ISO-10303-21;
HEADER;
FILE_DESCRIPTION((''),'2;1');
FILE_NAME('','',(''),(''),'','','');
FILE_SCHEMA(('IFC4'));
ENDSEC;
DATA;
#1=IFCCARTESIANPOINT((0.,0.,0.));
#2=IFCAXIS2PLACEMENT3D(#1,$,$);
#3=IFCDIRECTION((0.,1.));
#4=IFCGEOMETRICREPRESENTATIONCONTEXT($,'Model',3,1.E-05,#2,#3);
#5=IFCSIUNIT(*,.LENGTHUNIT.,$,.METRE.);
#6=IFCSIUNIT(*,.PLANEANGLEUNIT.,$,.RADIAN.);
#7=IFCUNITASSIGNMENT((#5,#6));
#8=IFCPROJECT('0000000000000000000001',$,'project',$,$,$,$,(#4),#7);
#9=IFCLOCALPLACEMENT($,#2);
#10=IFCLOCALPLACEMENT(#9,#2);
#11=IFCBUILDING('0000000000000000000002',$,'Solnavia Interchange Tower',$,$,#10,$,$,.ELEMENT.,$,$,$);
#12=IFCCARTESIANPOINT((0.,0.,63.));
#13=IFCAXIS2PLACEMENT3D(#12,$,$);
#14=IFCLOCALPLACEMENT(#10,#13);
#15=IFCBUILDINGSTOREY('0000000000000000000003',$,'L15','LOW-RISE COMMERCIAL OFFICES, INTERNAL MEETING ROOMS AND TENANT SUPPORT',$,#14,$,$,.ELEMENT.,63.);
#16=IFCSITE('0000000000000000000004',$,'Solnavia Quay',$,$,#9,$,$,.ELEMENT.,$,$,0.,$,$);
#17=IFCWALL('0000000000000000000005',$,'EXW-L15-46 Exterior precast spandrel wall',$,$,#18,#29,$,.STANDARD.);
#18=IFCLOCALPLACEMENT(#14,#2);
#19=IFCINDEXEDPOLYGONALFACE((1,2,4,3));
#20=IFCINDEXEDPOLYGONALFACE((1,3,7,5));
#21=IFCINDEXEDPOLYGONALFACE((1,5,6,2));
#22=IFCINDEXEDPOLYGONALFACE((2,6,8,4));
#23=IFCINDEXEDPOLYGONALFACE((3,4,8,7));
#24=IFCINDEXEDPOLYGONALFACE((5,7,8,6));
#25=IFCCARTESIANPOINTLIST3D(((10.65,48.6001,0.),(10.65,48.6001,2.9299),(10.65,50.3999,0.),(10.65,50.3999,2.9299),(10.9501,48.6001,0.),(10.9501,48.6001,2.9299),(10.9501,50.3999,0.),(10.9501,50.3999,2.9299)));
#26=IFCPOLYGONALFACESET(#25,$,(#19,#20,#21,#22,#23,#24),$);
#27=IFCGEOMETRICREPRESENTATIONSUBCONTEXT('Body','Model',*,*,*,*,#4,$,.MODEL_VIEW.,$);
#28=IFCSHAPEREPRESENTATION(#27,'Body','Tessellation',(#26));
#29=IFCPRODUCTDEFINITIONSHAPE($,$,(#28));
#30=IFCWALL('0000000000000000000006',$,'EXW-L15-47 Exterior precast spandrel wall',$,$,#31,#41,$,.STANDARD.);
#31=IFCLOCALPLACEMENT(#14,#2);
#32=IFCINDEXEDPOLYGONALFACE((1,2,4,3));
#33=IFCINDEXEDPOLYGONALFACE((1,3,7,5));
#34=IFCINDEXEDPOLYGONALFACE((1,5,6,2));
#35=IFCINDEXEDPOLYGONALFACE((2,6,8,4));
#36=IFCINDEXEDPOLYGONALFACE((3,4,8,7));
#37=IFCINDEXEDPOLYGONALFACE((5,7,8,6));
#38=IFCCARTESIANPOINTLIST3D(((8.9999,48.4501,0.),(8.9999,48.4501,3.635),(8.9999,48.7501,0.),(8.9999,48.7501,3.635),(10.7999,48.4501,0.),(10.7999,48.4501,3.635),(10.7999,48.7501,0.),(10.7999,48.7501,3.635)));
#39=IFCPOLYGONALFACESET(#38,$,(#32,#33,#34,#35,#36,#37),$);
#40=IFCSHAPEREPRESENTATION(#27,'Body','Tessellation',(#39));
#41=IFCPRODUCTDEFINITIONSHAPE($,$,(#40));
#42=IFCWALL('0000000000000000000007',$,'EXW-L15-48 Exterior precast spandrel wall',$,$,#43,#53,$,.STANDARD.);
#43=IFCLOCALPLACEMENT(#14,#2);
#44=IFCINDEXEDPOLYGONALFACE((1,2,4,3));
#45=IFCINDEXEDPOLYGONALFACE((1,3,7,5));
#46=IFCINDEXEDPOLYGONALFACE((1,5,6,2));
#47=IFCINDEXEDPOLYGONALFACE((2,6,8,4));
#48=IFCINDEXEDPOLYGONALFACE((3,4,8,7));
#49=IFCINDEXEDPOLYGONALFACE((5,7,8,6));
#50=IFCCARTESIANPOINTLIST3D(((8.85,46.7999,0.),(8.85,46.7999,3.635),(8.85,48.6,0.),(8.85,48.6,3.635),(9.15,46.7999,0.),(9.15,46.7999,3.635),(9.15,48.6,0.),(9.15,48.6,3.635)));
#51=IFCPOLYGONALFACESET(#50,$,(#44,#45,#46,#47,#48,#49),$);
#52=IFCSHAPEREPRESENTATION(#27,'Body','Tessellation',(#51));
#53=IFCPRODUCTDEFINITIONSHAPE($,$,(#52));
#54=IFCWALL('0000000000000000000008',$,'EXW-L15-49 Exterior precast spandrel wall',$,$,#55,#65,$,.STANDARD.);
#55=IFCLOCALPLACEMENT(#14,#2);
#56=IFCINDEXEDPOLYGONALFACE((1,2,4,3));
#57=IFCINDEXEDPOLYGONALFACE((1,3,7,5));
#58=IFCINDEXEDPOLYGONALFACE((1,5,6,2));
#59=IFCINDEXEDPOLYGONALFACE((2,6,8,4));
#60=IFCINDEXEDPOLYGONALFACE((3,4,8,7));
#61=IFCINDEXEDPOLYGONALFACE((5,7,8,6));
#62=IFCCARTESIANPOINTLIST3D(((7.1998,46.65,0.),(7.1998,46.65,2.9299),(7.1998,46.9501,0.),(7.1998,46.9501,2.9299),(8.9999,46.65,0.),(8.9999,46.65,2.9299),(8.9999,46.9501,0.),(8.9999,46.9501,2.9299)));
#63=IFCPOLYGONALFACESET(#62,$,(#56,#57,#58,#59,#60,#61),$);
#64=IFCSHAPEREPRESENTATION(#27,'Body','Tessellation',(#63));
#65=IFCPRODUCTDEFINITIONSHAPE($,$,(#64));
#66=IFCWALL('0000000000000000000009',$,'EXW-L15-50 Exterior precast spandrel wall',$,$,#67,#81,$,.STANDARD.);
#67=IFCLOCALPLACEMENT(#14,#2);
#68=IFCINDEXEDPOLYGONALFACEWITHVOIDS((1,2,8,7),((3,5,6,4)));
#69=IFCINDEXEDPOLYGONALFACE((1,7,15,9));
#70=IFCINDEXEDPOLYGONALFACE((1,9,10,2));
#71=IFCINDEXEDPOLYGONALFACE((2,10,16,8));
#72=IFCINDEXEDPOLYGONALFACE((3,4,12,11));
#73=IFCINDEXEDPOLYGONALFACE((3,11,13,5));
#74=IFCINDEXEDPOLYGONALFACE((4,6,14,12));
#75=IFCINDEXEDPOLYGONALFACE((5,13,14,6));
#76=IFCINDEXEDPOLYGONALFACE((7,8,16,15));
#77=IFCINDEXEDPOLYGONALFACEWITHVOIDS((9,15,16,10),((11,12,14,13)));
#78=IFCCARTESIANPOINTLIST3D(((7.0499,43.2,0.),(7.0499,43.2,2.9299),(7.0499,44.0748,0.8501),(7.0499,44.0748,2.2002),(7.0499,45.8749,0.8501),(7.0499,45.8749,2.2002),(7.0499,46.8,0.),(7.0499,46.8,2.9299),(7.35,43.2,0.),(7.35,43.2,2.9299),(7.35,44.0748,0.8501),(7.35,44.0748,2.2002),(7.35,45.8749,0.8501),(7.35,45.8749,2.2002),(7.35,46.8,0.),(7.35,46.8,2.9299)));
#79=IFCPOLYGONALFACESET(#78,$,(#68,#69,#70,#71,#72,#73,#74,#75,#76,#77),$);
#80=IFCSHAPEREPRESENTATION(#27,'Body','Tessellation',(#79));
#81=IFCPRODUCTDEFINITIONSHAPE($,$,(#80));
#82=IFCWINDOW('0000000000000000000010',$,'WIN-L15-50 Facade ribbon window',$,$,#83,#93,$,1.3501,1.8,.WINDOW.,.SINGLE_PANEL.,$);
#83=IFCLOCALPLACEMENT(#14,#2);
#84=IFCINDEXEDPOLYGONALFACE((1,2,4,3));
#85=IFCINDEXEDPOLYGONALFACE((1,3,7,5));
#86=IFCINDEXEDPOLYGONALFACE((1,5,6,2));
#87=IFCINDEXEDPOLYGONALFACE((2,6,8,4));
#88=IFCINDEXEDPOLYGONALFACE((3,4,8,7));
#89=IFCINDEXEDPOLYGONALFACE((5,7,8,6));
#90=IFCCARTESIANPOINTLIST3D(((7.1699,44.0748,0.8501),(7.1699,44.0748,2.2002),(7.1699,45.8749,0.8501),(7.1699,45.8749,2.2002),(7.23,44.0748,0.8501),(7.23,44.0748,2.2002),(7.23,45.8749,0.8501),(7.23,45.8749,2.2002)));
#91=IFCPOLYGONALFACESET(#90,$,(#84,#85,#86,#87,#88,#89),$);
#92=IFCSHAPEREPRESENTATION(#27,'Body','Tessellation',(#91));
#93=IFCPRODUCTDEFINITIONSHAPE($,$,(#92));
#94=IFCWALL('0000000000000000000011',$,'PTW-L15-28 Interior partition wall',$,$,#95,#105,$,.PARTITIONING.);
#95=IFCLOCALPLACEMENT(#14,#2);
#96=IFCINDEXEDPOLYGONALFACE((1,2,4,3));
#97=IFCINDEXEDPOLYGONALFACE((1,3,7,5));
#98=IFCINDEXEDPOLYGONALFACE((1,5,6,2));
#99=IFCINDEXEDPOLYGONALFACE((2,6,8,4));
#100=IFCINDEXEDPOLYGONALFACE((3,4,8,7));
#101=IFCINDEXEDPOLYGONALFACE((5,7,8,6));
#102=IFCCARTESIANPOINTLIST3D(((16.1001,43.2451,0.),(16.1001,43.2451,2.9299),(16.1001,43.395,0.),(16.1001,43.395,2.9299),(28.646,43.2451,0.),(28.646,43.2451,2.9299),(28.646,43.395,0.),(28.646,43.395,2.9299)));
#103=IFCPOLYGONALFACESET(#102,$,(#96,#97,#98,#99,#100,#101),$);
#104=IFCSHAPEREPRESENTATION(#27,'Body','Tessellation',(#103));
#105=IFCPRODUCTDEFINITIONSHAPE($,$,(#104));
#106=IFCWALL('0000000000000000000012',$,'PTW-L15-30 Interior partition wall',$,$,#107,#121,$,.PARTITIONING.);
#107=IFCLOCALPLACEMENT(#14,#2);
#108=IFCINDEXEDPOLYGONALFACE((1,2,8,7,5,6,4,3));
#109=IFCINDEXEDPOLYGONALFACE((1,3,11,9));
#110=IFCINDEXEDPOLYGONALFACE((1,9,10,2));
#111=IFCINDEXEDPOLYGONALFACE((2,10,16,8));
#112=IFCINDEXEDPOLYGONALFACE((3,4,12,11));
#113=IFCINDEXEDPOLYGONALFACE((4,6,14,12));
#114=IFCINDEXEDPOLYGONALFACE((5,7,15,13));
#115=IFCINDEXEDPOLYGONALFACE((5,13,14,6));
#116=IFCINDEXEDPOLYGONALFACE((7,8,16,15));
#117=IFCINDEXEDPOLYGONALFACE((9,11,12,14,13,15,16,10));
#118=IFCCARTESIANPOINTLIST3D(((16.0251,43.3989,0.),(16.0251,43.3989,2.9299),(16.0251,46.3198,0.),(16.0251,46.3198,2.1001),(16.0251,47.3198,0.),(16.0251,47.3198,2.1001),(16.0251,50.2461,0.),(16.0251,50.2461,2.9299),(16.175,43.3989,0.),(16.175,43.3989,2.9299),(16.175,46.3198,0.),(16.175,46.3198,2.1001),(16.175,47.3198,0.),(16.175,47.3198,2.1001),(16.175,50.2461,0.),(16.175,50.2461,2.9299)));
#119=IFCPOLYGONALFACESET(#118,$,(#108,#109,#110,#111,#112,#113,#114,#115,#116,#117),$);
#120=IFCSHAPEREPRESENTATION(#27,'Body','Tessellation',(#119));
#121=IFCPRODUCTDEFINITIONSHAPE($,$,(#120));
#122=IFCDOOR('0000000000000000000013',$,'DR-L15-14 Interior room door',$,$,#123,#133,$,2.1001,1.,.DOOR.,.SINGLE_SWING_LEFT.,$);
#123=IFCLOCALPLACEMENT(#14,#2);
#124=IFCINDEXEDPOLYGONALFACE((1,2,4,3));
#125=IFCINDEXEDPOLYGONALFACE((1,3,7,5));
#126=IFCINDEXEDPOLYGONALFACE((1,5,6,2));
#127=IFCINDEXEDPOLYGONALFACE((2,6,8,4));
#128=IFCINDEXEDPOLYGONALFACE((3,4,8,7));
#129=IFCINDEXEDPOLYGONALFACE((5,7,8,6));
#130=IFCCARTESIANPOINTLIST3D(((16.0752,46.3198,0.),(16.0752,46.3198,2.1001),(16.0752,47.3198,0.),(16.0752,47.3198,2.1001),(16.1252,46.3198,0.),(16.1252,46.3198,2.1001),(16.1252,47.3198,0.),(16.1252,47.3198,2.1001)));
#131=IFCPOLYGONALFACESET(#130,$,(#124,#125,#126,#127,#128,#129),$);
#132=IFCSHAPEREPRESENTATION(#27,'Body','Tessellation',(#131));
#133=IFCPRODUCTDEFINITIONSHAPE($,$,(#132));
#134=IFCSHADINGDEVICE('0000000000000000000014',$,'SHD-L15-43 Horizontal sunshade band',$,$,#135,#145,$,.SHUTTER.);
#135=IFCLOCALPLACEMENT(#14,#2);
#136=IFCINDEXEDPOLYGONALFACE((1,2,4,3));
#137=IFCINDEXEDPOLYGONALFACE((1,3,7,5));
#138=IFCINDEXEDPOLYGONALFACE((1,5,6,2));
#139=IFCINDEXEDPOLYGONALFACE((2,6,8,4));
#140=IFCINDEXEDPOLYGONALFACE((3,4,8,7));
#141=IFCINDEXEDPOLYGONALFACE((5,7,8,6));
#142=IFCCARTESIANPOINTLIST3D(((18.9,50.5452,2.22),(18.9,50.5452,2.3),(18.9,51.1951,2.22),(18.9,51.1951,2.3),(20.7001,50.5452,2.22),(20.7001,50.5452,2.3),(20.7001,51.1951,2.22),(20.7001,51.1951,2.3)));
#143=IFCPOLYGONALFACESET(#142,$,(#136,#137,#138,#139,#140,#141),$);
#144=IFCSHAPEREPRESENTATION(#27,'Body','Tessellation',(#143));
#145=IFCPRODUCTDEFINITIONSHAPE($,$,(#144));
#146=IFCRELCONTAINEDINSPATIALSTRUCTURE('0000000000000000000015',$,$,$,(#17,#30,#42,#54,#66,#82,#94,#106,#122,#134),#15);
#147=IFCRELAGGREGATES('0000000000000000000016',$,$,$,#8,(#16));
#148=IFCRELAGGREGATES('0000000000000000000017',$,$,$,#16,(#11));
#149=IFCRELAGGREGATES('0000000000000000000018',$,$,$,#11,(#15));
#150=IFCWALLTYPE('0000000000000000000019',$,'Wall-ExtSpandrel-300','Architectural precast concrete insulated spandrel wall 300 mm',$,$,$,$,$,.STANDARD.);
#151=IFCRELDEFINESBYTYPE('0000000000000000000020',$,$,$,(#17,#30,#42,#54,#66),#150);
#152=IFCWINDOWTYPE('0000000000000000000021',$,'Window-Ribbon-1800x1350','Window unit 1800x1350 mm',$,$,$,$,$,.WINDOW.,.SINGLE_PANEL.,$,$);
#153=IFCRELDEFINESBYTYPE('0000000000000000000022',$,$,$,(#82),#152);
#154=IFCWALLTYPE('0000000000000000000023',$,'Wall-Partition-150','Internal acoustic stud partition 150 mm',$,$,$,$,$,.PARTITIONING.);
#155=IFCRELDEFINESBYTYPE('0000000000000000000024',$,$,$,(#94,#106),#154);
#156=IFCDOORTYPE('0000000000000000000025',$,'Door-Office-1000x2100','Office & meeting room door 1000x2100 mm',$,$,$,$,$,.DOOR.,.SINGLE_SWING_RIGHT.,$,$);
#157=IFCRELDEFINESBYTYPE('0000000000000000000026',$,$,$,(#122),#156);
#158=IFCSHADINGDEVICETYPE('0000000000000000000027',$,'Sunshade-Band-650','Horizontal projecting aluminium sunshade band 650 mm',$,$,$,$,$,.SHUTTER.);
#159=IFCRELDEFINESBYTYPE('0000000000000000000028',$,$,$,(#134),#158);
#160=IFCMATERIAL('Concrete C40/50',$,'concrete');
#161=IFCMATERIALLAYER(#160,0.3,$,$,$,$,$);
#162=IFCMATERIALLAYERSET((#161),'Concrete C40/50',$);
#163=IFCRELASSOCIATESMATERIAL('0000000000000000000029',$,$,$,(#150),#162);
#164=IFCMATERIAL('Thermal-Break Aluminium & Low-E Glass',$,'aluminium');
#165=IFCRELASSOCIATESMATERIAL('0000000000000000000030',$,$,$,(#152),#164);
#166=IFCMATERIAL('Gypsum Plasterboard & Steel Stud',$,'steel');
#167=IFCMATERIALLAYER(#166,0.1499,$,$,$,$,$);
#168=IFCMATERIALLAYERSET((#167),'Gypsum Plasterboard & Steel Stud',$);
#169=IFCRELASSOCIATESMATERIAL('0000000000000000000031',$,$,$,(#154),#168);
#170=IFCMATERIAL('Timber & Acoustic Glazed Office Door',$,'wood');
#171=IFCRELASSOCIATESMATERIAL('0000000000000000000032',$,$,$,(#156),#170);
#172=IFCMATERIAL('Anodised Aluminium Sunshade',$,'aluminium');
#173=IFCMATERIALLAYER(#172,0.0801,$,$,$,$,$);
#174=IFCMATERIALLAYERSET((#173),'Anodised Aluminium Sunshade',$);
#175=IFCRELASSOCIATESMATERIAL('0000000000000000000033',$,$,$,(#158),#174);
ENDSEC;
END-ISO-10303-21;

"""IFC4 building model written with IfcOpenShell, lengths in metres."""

from ifc_helpers import new_model, si_unit, direction, frame, frame_2d, origin, origin_2d, place, context, subcontext, project, spatial, rectangle, extrude, material, layer, layer_set, type_object, element, fill, save


model = new_model("IFC4")

# Units and contexts
model_context = context("Model", 3, precision=1e-05, world=origin(), true_north=direction((0.0, 1.0)))
body_context = subcontext(model_context, "Body", "Model", "MODEL_VIEW")
ifc_project = project(units=[si_unit("LENGTHUNIT", "METRE"), si_unit("PLANEANGLEUNIT", "RADIAN")], contexts=[model_context])

# Site, building, storey
site_placement = place(None, origin())
site = spatial("IfcSite", under=ifc_project, at=site_placement, Name="Solnavia Quay", CompositionType="ELEMENT", RefElevation=0.0)
building_placement = place(site_placement, origin())
building = spatial("IfcBuilding", under=site, at=building_placement, Name="Solnavia Interchange Tower", CompositionType="ELEMENT")
storey_placement = place(building_placement, frame((0.0, 0.0, 63.0)))
storey = spatial("IfcBuildingStorey", under=building, at=storey_placement, Name="L15", Description="LOW-RISE COMMERCIAL OFFICES, INTERNAL MEETING ROOMS AND TENANT SUPPORT", CompositionType="ELEMENT", Elevation=63.0)

# Shared definitions
ifc_material_1 = material(Name="Concrete C40/50", Category="concrete")
ifc_layer_1 = layer(ifc_material_1, 0.3)
ifc_layer_set_1 = layer_set([ifc_layer_1], Name="Concrete C40/50")
wall_type_1 = type_object("IfcWallType", Name="Wall-ExtSpandrel-300", Description="Architectural precast concrete insulated spandrel wall 300 mm", PredefinedType="STANDARD", material=ifc_layer_set_1)
ifc_material_2 = material(Name="Thermal-Break Aluminium & Low-E Glass", Category="aluminium")
window_type = type_object("IfcWindowType", Name="Window-Ribbon-1800x1350", Description="Window unit 1800x1350 mm", PartitioningType="SINGLE_PANEL", PredefinedType="WINDOW", material=ifc_material_2)

# Walls
wall_1_placement = place(storey_placement, frame((10.8, 48.6001, 0.0), z_axis=(0.0, 0.0, 1.0), x_axis=(0.0, 1.0, 0.0)))
element("IfcWall", 1, at=wall_1_placement, inside=storey, type_object=wall_type_1, Name="EXW-L15-46 Exterior precast spandrel wall", PredefinedType="STANDARD", context=body_context, shape_type="SweptSolid", body=[
    extrude(rectangle(XDim=1.7998, YDim=0.3, at=frame_2d((0.8999, 0.0))), origin(), (0.0, 0.0, 1.0), 2.9299),
])
for number, where, z_axis, x_axis, name in (
    (2, (9.0, 48.6001, 0.0), (0.0, 0.0, 1.0), (1.0, 0.0, 0.0), "EXW-L15-47 Exterior precast spandrel wall"),
    (3, (9.0, 46.8, 0.0), (0.0, 0.0, 1.0), (0.0, 1.0, 0.0), "EXW-L15-48 Exterior precast spandrel wall"),
):
    element("IfcWall", number, at=place(storey_placement, frame(where, z_axis=z_axis, x_axis=x_axis)), inside=storey, type_object=wall_type_1, Name=name, PredefinedType="STANDARD", context=body_context, shape_type="SweptSolid", body=[
        extrude(rectangle(XDim=1.8, YDim=0.3, at=frame_2d((0.8999, 0.0))), origin(), (0.0, 0.0, 1.0), 3.635),
    ])
wall_2_placement = place(storey_placement, frame((7.2, 46.8, 0.0), z_axis=(0.0, 0.0, 1.0), x_axis=(1.0, 0.0, 0.0)))
element("IfcWall", 4, at=wall_2_placement, inside=storey, type_object=wall_type_1, Name="EXW-L15-49 Exterior precast spandrel wall", PredefinedType="STANDARD", context=body_context, shape_type="SweptSolid", body=[
    extrude(rectangle(XDim=1.8, YDim=0.3, at=frame_2d((0.8999, 0.0))), origin(), (0.0, 0.0, 1.0), 2.9299),
])

# Wall, opening, window
wall_3_placement = place(storey_placement, frame((7.2, 43.2, 0.0), z_axis=(0.0, 0.0, 1.0), x_axis=(0.0, 1.0, 0.0)))
wall_3 = element("IfcWall", 5, at=wall_3_placement, inside=storey, type_object=wall_type_1, Name="EXW-L15-50 Exterior precast spandrel wall", PredefinedType="STANDARD", context=body_context, shape_type="SweptSolid", body=[
    extrude(rectangle(XDim=3.6001, YDim=0.3, at=frame_2d((1.8, 0.0))), origin(), (0.0, 0.0, 1.0), 2.9299),
])
opening_1_placement = place(wall_3_placement, frame((0.875, 0.0, 0.8501)))
opening_1 = element("IfcOpeningElement", 6, at=opening_1_placement, cuts=wall_3, PredefinedType="OPENING", context=body_context, shape_type="SweptSolid", body=[
    extrude(rectangle(XDim=1.8, YDim=1.3501, at=frame_2d((0.8999, 0.675))), frame((0.0, 0.1602, 0.0), z_axis=(0.0, -1.0, 0.0), x_axis=(1.0, 0.0, 0.0)), (0.0, 0.0, 1.0), 0.3201),
])
window_1_placement = place(opening_1_placement, origin())
window_1 = element("IfcWindow", 7, at=window_1_placement, inside=storey, type_object=window_type, Name="WIN-L15-50 Facade ribbon window", OverallHeight=1.3501, OverallWidth=1.8, PartitioningType="SINGLE_PANEL", PredefinedType="WINDOW", context=body_context, shape_type="SweptSolid", body=[
    extrude(rectangle(XDim=1.8, YDim=1.3501, at=frame_2d((0.8999, 0.675))), frame((0.0, 0.03, 0.0), z_axis=(0.0, -1.0, 0.0), x_axis=(1.0, 0.0, 0.0)), (0.0, 0.0, 1.0), 0.0601),
])
fill(opening_1, window_1)

# Wall
ifc_material_3 = material(Name="Gypsum Plasterboard & Steel Stud", Category="steel")
ifc_layer_2 = layer(ifc_material_3, 0.1499)
ifc_layer_set_2 = layer_set([ifc_layer_2], Name="Gypsum Plasterboard & Steel Stud")
wall_type_2 = type_object("IfcWallType", Name="Wall-Partition-150", Description="Internal acoustic stud partition 150 mm", PredefinedType="PARTITIONING", material=ifc_layer_set_2)
wall_4_placement = place(storey_placement, frame((16.1001, 43.3201, 0.0), z_axis=(0.0, 0.0, 1.0), x_axis=(1.0, 0.0, 0.0)))
element("IfcWall", 8, at=wall_4_placement, inside=storey, type_object=wall_type_2, Name="PTW-L15-28 Interior partition wall", PredefinedType="PARTITIONING", context=body_context, shape_type="SweptSolid", body=[
    extrude(rectangle(XDim=12.5459, YDim=0.1499, at=frame_2d((6.2729, 0.0))), origin(), (0.0, 0.0, 1.0), 2.9299),
])

# Wall, opening, door
wall_5_placement = place(storey_placement, frame((16.1001, 43.3989, 0.0), z_axis=(0.0, 0.0, 1.0), x_axis=(0.0, 1.0, 0.0)))
wall_5 = element("IfcWall", 9, at=wall_5_placement, inside=storey, type_object=wall_type_2, Name="PTW-L15-30 Interior partition wall", PredefinedType="PARTITIONING", context=body_context, shape_type="SweptSolid", body=[
    extrude(rectangle(XDim=6.8472, YDim=0.1499, at=frame_2d((3.4236, 0.0))), origin(), (0.0, 0.0, 1.0), 2.9299),
])
opening_2_placement = place(wall_5_placement, frame((2.9209, 0.0, 0.0)))
opening_2 = element("IfcOpeningElement", 10, at=opening_2_placement, cuts=wall_5, PredefinedType="OPENING", context=body_context, shape_type="SweptSolid", body=[
    extrude(rectangle(XDim=1.0, YDim=2.1001, at=frame_2d((0.5, 1.05))), frame((0.0, 0.085, 0.0), z_axis=(0.0, -1.0, 0.0), x_axis=(1.0, 0.0, 0.0)), (0.0, 0.0, 1.0), 0.1699),
])
ifc_material_4 = material(Name="Timber & Acoustic Glazed Office Door", Category="wood")
door_type = type_object("IfcDoorType", Name="Door-Office-1000x2100", Description="Office & meeting room door 1000x2100 mm", OperationType="SINGLE_SWING_RIGHT", PredefinedType="DOOR", material=ifc_material_4)
door_placement = place(opening_2_placement, origin())
door = element("IfcDoor", 11, at=door_placement, inside=storey, type_object=door_type, Name="DR-L15-14 Interior room door", OperationType="SINGLE_SWING_LEFT", OverallHeight=2.1001, OverallWidth=1.0, PredefinedType="DOOR", context=body_context, shape_type="SweptSolid", body=[
    extrude(rectangle(XDim=1.0, YDim=2.1001, at=frame_2d((0.5, 1.05))), frame((0.0, 0.0249, 0.0), z_axis=(0.0, -1.0, 0.0), x_axis=(1.0, 0.0, 0.0)), (0.0, 0.0, 1.0), 0.05),
])
fill(opening_2, door)

# Shading device
ifc_material_5 = material(Name="Anodised Aluminium Sunshade", Category="aluminium")
ifc_layer_3 = layer(ifc_material_5, 0.0801)
ifc_layer_set_3 = layer_set([ifc_layer_3], Name="Anodised Aluminium Sunshade")
shading_device_type = type_object("IfcShadingDeviceType", Name="Sunshade-Band-650", Description="Horizontal projecting aluminium sunshade band 650 mm", PredefinedType="SHUTTER", material=ifc_layer_set_3)
shading_device_placement = place(storey_placement, frame((19.8, 50.8701, 2.22), z_axis=(0.0, 0.0, 1.0), x_axis=(1.0, 0.0, 0.0)))
element("IfcShadingDevice", 12, at=shading_device_placement, inside=storey, type_object=shading_device_type, Name="SHD-L15-43 Horizontal sunshade band", PredefinedType="SHUTTER", context=body_context, shape_type="SweptSolid", body=[
    extrude(rectangle(XDim=1.8, YDim=0.6499, at=origin_2d()), origin(), (0.0, 0.0, 1.0), 0.0801),
])

save(model, "model.ifc")
